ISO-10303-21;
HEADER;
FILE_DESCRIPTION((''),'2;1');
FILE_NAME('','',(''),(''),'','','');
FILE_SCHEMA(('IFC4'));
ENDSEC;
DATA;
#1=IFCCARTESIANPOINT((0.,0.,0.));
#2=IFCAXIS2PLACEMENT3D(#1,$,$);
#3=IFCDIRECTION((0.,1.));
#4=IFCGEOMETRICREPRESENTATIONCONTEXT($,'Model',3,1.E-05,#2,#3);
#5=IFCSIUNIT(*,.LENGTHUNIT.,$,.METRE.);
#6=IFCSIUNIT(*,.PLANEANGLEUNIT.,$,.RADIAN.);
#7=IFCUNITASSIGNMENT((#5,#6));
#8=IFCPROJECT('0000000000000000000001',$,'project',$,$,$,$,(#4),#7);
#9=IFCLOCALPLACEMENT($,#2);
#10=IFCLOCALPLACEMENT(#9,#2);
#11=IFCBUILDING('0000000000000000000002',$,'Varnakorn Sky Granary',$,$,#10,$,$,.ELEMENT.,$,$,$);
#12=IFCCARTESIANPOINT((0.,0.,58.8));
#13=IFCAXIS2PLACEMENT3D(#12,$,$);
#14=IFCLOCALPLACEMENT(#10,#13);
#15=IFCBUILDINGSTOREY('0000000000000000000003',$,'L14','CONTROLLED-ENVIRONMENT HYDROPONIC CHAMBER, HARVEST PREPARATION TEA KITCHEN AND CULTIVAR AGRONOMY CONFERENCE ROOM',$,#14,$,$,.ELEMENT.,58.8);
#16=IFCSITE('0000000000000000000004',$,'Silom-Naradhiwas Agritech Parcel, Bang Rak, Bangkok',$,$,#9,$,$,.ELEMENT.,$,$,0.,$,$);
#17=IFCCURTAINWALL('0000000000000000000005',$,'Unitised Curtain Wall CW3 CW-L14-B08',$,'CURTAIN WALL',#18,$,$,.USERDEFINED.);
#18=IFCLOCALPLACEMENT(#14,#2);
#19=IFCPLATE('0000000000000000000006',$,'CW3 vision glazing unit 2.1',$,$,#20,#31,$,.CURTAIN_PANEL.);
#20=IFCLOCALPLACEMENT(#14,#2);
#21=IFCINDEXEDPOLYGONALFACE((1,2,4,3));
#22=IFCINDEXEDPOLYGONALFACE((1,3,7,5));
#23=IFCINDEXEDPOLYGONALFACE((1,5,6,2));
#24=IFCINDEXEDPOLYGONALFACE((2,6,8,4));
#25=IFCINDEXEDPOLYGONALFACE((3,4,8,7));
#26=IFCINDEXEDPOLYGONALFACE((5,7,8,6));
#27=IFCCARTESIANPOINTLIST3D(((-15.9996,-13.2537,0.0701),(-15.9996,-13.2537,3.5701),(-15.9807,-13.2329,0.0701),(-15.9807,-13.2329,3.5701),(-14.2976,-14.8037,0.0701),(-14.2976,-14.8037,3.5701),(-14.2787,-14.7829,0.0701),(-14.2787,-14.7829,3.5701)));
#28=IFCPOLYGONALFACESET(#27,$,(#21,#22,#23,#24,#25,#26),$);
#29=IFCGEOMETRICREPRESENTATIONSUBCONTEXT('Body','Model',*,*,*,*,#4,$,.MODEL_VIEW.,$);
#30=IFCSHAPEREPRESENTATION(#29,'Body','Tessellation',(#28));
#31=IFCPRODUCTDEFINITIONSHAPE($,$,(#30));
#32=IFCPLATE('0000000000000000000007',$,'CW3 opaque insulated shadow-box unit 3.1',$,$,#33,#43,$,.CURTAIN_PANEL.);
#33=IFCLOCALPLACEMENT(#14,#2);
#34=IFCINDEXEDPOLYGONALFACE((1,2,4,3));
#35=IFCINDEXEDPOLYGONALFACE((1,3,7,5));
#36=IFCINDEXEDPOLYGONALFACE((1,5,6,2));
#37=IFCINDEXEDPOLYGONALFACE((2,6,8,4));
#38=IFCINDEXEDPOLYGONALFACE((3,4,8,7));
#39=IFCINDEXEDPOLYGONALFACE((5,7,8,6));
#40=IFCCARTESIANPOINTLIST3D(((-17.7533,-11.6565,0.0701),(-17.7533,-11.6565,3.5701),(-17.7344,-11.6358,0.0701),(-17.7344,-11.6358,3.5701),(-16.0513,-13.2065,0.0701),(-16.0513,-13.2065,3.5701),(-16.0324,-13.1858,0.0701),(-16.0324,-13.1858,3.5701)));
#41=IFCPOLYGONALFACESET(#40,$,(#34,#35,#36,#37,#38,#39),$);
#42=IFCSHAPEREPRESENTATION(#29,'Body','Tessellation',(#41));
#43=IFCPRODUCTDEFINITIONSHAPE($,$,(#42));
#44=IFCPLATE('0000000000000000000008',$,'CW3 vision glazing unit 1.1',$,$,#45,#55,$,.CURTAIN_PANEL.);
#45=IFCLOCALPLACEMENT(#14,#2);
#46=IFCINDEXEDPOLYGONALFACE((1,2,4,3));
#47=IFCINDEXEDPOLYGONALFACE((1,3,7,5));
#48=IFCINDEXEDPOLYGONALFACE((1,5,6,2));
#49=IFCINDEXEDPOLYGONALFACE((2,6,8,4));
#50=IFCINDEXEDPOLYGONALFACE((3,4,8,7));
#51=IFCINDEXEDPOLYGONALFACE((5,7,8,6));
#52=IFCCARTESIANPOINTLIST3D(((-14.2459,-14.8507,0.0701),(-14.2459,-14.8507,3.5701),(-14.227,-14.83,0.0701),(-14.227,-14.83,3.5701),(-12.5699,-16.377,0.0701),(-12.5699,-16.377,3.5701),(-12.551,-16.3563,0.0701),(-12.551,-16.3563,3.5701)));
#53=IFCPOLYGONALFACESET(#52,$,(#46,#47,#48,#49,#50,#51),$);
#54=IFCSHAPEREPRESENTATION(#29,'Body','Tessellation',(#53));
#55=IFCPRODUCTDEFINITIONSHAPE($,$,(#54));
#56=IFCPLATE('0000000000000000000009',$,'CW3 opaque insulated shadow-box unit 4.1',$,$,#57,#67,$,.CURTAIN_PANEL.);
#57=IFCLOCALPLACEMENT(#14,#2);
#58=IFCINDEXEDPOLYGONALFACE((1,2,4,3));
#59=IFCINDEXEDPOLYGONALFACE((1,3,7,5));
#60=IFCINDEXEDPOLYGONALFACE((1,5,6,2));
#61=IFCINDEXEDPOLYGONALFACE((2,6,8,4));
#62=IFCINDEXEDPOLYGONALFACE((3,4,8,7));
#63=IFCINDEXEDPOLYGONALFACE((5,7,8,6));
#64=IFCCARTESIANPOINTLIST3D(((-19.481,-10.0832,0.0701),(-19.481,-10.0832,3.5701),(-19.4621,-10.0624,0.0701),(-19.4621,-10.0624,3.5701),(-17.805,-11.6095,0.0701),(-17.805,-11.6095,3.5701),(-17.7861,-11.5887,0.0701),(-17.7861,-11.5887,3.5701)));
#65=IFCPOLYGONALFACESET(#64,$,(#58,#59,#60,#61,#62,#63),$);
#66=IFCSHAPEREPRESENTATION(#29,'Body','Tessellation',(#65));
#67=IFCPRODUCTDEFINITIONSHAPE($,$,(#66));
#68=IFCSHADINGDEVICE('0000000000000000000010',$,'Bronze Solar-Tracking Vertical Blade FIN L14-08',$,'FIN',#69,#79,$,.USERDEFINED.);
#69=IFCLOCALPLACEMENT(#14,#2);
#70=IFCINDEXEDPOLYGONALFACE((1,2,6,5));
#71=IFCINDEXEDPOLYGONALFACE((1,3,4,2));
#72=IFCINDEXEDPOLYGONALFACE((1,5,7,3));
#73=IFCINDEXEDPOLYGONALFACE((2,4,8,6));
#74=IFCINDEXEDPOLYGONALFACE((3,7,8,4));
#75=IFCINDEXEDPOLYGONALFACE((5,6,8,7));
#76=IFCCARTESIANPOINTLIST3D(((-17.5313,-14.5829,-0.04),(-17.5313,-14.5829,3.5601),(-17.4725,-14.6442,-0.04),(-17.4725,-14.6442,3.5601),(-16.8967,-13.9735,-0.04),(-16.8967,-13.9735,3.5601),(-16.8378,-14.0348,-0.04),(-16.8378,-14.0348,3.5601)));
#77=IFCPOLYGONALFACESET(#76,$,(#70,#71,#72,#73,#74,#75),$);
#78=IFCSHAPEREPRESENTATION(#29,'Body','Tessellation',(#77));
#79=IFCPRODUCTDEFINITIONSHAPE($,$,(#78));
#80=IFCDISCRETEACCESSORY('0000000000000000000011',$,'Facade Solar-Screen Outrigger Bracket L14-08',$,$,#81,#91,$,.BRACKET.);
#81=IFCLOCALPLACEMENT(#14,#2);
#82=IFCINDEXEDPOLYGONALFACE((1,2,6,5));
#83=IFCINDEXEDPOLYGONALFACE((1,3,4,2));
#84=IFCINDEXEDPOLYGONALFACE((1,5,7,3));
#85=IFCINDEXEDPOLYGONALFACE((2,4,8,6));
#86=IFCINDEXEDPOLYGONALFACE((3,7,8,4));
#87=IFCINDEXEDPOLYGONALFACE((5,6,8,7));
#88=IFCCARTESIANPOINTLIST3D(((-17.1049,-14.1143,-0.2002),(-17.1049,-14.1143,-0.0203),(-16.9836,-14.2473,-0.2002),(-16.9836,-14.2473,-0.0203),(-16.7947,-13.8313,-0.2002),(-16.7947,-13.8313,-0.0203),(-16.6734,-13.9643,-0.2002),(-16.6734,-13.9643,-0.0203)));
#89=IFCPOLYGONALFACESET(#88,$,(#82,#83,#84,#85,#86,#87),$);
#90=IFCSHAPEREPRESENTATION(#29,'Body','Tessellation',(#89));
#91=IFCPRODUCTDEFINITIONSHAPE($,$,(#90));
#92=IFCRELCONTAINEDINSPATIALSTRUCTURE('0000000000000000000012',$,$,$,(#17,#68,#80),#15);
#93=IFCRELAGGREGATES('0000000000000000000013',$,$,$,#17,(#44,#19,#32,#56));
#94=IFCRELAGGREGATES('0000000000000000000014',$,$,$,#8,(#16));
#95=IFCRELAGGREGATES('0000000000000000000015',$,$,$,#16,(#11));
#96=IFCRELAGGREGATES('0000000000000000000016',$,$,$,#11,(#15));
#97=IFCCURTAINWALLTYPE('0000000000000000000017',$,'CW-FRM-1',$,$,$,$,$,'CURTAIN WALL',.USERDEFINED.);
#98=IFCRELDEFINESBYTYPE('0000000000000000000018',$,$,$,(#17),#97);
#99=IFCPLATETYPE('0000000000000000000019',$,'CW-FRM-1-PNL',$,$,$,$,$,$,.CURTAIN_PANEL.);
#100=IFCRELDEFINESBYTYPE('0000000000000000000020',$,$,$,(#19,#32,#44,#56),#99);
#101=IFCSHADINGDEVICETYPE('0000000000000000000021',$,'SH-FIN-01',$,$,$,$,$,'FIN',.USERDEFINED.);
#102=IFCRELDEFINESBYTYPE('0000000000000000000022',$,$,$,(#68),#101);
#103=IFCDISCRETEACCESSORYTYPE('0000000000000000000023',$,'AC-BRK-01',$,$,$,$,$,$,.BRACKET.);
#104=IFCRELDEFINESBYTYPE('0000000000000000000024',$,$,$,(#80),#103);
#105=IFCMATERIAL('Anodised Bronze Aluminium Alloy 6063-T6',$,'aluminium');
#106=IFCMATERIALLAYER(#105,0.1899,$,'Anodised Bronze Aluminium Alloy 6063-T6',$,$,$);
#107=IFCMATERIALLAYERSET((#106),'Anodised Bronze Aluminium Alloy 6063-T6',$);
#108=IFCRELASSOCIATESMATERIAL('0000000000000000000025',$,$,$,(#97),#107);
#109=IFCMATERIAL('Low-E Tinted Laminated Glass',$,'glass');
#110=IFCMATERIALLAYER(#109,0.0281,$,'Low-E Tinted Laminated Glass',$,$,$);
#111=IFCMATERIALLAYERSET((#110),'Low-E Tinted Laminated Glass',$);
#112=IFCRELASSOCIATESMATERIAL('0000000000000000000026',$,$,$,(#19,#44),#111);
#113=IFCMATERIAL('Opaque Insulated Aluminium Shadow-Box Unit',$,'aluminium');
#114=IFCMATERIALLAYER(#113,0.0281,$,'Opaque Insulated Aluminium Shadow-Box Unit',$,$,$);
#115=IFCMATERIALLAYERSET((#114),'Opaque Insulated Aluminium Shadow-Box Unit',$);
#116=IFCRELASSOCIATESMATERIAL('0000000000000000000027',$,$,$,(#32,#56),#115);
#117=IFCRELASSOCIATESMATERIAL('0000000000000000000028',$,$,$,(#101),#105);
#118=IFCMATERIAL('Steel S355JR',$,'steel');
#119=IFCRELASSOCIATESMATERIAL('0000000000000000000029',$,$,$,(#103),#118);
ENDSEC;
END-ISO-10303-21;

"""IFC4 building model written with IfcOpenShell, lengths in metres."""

from ifc_helpers import new_model, si_unit, direction, frame, origin, origin_2d, place, context, subcontext, project, spatial, rectangle, extrude, source, transform, mapped, material, layer, layer_set, type_object, type_shapes, element, aggregate, save


model = new_model("IFC4")

# Units and contexts
model_context = context("Model", 3, precision=1e-05, world=origin(), true_north=direction((0.0, 1.0)))
body_context = subcontext(model_context, "Body", "Model", "MODEL_VIEW")
ifc_project = project(units=[si_unit("LENGTHUNIT", "METRE"), si_unit("PLANEANGLEUNIT", "RADIAN")], contexts=[model_context])

# Site, building, storey
site_placement = place(None, origin())
site = spatial("IfcSite", under=ifc_project, at=site_placement, Name="Silom-Naradhiwas Agritech Parcel, Bang Rak, Bangkok", CompositionType="ELEMENT", RefElevation=0.0)
building_placement = place(site_placement, origin())
building = spatial("IfcBuilding", under=site, at=building_placement, Name="Varnakorn Sky Granary", CompositionType="ELEMENT")
storey_placement = place(building_placement, frame((0.0, 0.0, 58.8)))
storey = spatial("IfcBuildingStorey", under=building, at=storey_placement, Name="L14", Description="CONTROLLED-ENVIRONMENT HYDROPONIC CHAMBER, HARVEST PREPARATION TEA KITCHEN AND CULTIVAR AGRONOMY CONFERENCE ROOM", CompositionType="ELEMENT", Elevation=58.8)

# Shared definitions
ifc_material_1 = material(Name="Steel S355JR", Category="steel")

# Shared definitions
ifc_material_2 = material(Name="Anodised Bronze Aluminium Alloy 6063-T6", Category="aluminium")
ifc_layer_1 = layer(ifc_material_2, 0.1899, Name="Anodised Bronze Aluminium Alloy 6063-T6")
ifc_layer_set_1 = layer_set([ifc_layer_1], Name="Anodised Bronze Aluminium Alloy 6063-T6")
curtain_wall_type = type_object("IfcCurtainWallType", Name="CW-FRM-1", ElementType="CURTAIN WALL", PredefinedType="USERDEFINED", material=ifc_layer_set_1)

# Curtain wall
curtain_wall_1_placement = place(storey_placement, origin())
curtain_wall_1 = element("IfcCurtainWall", 1, at=curtain_wall_1_placement, inside=storey, type_object=curtain_wall_type, Name="Unitised Curtain Wall CW3 CW-L14-B08", ObjectType="CURTAIN WALL", PredefinedType="USERDEFINED")

# Plates
ifc_material_3 = material(Name="Low-E Tinted Laminated Glass", Category="glass")
ifc_layer_2 = layer(ifc_material_3, 0.0281, Name="Low-E Tinted Laminated Glass")
ifc_layer_set_2 = layer_set([ifc_layer_2], Name="Low-E Tinted Laminated Glass")
plate_type = type_object("IfcPlateType", Name="CW-FRM-1-PNL", PredefinedType="CURTAIN_PANEL")
shared_shape_1 = source(origin(), body_context, "Body", "SweptSolid", [
    extrude(rectangle(XDim=2.302, YDim=0.0281, at=origin_2d()), origin(), (0.0, 0.0, 1.0), 3.5),
])
plate_1_placement = place(storey_placement, frame((-15.1392, -14.0183, 0.0701), z_axis=(0.0, 0.0, 1.0), x_axis=(-0.739352, 0.673319, 0.0)))
plate_1 = element("IfcPlate", 2, at=plate_1_placement, type_object=plate_type, material=ifc_layer_set_2, Name="CW3 vision glazing unit 2.1", PredefinedType="CURTAIN_PANEL", context=body_context, shape_type="MappedRepresentation", body=[
    mapped(shared_shape_1, transform((0.0, 0.0, 0.0), x_axis=(1.0, 0.0, 0.0), y_axis=(0.0, 1.0, 0.0), z_axis=(0.0, 0.0, 1.0), scale=1.0)),
])
ifc_material_4 = material(Name="Opaque Insulated Aluminium Shadow-Box Unit", Category="aluminium")
ifc_layer_3 = layer(ifc_material_4, 0.0281, Name="Opaque Insulated Aluminium Shadow-Box Unit")
ifc_layer_set_3 = layer_set([ifc_layer_3], Name="Opaque Insulated Aluminium Shadow-Box Unit")
plate_2_placement = place(storey_placement, frame((-16.8928, -12.4211, 0.0701), z_axis=(0.0, 0.0, 1.0), x_axis=(-0.739352, 0.673319, 0.0)))
plate_2 = element("IfcPlate", 3, at=plate_2_placement, type_object=plate_type, material=ifc_layer_set_3, Name="CW3 opaque insulated shadow-box unit 3.1", PredefinedType="CURTAIN_PANEL", context=body_context, shape_type="MappedRepresentation", body=[
    mapped(shared_shape_1, transform((0.0, 0.0, 0.0), x_axis=(1.0, 0.0, 0.0), y_axis=(0.0, 1.0, 0.0), z_axis=(0.0, 0.0, 1.0), scale=1.0)),
])
shared_shape_2 = source(origin(), body_context, "Body", "SweptSolid", [
    extrude(rectangle(XDim=2.2668, YDim=0.0281, at=origin_2d()), origin(), (0.0, 0.0, 1.0), 3.5),
])
type_shapes(plate_type, [shared_shape_1, shared_shape_2])
plate_3_placement = place(storey_placement, frame((-13.3984, -15.6035, 0.0701), z_axis=(0.0, 0.0, 1.0), x_axis=(-0.739352, 0.673319, 0.0)))
plate_3 = element("IfcPlate", 4, at=plate_3_placement, type_object=plate_type, material=ifc_layer_set_2, Name="CW3 vision glazing unit 1.1", PredefinedType="CURTAIN_PANEL", context=body_context, shape_type="MappedRepresentation", body=[
    mapped(shared_shape_2, transform((0.0, 0.0, 0.0), x_axis=(1.0, 0.0, 0.0), y_axis=(0.0, 1.0, 0.0), z_axis=(0.0, 0.0, 1.0), scale=1.0)),
])
plate_4_placement = place(storey_placement, frame((-18.6335, -10.8359, 0.0701), z_axis=(0.0, 0.0, 1.0), x_axis=(-0.739352, 0.673319, 0.0)))
plate_4 = element("IfcPlate", 5, at=plate_4_placement, type_object=plate_type, material=ifc_layer_set_3, Name="CW3 opaque insulated shadow-box unit 4.1", PredefinedType="CURTAIN_PANEL", context=body_context, shape_type="MappedRepresentation", body=[
    mapped(shared_shape_2, transform((0.0, 0.0, 0.0), x_axis=(1.0, 0.0, 0.0), y_axis=(0.0, 1.0, 0.0), z_axis=(0.0, 0.0, 1.0), scale=1.0)),
])
aggregate(curtain_wall_1, [plate_3, plate_1, plate_2, plate_4])

# Shading device
shading_device_type = type_object("IfcShadingDeviceType", Name="SH-FIN-01", ElementType="FIN", PredefinedType="USERDEFINED", material=ifc_material_2)
shared_shape_3 = source(origin(), body_context, "Body", "SweptSolid", [
    extrude(rectangle(XDim=0.085, YDim=0.8799, at=origin_2d()), origin(), (0.0, 0.0, 1.0), 3.6001),
])
type_shapes(shading_device_type, [shared_shape_3])
shading_device_placement = place(storey_placement, frame((-17.1846, -14.3088, -0.04), z_axis=(0.0, 0.0, 1.0), x_axis=(0.692627, -0.721296, 0.0)))
element("IfcShadingDevice", 6, at=shading_device_placement, inside=storey, type_object=shading_device_type, Name="Bronze Solar-Tracking Vertical Blade FIN L14-08", ObjectType="FIN", PredefinedType="USERDEFINED", context=body_context, shape_type="MappedRepresentation", body=[
    mapped(shared_shape_3, transform((0.0, 0.0, 0.0), x_axis=(1.0, 0.0, 0.0), y_axis=(0.0, 1.0, 0.0), z_axis=(0.0, 0.0, 1.0), scale=1.0)),
])

# Discrete accessory
discrete_accessory_type = type_object("IfcDiscreteAccessoryType", Name="AC-BRK-01", PredefinedType="BRACKET", material=ifc_material_1)
shared_shape_4 = source(origin(), body_context, "Body", "SweptSolid", [
    extrude(rectangle(XDim=0.1799, YDim=0.4199, at=origin_2d()), origin(), (0.0, 0.0, 1.0), 0.1799),
])
type_shapes(discrete_accessory_type, [shared_shape_4])
discrete_accessory_placement = place(storey_placement, frame((-16.8892, -14.0393, -0.2002), z_axis=(0.0, 0.0, 1.0), x_axis=(0.673963, -0.738765, 0.0)))
element("IfcDiscreteAccessory", 7, at=discrete_accessory_placement, inside=storey, type_object=discrete_accessory_type, Name="Facade Solar-Screen Outrigger Bracket L14-08", PredefinedType="BRACKET", context=body_context, shape_type="MappedRepresentation", body=[
    mapped(shared_shape_4, transform((0.0, 0.0, 0.0), x_axis=(1.0, 0.0, 0.0), y_axis=(0.0, 1.0, 0.0), z_axis=(0.0, 0.0, 1.0), scale=1.0)),
])

save(model, "model.ifc")
